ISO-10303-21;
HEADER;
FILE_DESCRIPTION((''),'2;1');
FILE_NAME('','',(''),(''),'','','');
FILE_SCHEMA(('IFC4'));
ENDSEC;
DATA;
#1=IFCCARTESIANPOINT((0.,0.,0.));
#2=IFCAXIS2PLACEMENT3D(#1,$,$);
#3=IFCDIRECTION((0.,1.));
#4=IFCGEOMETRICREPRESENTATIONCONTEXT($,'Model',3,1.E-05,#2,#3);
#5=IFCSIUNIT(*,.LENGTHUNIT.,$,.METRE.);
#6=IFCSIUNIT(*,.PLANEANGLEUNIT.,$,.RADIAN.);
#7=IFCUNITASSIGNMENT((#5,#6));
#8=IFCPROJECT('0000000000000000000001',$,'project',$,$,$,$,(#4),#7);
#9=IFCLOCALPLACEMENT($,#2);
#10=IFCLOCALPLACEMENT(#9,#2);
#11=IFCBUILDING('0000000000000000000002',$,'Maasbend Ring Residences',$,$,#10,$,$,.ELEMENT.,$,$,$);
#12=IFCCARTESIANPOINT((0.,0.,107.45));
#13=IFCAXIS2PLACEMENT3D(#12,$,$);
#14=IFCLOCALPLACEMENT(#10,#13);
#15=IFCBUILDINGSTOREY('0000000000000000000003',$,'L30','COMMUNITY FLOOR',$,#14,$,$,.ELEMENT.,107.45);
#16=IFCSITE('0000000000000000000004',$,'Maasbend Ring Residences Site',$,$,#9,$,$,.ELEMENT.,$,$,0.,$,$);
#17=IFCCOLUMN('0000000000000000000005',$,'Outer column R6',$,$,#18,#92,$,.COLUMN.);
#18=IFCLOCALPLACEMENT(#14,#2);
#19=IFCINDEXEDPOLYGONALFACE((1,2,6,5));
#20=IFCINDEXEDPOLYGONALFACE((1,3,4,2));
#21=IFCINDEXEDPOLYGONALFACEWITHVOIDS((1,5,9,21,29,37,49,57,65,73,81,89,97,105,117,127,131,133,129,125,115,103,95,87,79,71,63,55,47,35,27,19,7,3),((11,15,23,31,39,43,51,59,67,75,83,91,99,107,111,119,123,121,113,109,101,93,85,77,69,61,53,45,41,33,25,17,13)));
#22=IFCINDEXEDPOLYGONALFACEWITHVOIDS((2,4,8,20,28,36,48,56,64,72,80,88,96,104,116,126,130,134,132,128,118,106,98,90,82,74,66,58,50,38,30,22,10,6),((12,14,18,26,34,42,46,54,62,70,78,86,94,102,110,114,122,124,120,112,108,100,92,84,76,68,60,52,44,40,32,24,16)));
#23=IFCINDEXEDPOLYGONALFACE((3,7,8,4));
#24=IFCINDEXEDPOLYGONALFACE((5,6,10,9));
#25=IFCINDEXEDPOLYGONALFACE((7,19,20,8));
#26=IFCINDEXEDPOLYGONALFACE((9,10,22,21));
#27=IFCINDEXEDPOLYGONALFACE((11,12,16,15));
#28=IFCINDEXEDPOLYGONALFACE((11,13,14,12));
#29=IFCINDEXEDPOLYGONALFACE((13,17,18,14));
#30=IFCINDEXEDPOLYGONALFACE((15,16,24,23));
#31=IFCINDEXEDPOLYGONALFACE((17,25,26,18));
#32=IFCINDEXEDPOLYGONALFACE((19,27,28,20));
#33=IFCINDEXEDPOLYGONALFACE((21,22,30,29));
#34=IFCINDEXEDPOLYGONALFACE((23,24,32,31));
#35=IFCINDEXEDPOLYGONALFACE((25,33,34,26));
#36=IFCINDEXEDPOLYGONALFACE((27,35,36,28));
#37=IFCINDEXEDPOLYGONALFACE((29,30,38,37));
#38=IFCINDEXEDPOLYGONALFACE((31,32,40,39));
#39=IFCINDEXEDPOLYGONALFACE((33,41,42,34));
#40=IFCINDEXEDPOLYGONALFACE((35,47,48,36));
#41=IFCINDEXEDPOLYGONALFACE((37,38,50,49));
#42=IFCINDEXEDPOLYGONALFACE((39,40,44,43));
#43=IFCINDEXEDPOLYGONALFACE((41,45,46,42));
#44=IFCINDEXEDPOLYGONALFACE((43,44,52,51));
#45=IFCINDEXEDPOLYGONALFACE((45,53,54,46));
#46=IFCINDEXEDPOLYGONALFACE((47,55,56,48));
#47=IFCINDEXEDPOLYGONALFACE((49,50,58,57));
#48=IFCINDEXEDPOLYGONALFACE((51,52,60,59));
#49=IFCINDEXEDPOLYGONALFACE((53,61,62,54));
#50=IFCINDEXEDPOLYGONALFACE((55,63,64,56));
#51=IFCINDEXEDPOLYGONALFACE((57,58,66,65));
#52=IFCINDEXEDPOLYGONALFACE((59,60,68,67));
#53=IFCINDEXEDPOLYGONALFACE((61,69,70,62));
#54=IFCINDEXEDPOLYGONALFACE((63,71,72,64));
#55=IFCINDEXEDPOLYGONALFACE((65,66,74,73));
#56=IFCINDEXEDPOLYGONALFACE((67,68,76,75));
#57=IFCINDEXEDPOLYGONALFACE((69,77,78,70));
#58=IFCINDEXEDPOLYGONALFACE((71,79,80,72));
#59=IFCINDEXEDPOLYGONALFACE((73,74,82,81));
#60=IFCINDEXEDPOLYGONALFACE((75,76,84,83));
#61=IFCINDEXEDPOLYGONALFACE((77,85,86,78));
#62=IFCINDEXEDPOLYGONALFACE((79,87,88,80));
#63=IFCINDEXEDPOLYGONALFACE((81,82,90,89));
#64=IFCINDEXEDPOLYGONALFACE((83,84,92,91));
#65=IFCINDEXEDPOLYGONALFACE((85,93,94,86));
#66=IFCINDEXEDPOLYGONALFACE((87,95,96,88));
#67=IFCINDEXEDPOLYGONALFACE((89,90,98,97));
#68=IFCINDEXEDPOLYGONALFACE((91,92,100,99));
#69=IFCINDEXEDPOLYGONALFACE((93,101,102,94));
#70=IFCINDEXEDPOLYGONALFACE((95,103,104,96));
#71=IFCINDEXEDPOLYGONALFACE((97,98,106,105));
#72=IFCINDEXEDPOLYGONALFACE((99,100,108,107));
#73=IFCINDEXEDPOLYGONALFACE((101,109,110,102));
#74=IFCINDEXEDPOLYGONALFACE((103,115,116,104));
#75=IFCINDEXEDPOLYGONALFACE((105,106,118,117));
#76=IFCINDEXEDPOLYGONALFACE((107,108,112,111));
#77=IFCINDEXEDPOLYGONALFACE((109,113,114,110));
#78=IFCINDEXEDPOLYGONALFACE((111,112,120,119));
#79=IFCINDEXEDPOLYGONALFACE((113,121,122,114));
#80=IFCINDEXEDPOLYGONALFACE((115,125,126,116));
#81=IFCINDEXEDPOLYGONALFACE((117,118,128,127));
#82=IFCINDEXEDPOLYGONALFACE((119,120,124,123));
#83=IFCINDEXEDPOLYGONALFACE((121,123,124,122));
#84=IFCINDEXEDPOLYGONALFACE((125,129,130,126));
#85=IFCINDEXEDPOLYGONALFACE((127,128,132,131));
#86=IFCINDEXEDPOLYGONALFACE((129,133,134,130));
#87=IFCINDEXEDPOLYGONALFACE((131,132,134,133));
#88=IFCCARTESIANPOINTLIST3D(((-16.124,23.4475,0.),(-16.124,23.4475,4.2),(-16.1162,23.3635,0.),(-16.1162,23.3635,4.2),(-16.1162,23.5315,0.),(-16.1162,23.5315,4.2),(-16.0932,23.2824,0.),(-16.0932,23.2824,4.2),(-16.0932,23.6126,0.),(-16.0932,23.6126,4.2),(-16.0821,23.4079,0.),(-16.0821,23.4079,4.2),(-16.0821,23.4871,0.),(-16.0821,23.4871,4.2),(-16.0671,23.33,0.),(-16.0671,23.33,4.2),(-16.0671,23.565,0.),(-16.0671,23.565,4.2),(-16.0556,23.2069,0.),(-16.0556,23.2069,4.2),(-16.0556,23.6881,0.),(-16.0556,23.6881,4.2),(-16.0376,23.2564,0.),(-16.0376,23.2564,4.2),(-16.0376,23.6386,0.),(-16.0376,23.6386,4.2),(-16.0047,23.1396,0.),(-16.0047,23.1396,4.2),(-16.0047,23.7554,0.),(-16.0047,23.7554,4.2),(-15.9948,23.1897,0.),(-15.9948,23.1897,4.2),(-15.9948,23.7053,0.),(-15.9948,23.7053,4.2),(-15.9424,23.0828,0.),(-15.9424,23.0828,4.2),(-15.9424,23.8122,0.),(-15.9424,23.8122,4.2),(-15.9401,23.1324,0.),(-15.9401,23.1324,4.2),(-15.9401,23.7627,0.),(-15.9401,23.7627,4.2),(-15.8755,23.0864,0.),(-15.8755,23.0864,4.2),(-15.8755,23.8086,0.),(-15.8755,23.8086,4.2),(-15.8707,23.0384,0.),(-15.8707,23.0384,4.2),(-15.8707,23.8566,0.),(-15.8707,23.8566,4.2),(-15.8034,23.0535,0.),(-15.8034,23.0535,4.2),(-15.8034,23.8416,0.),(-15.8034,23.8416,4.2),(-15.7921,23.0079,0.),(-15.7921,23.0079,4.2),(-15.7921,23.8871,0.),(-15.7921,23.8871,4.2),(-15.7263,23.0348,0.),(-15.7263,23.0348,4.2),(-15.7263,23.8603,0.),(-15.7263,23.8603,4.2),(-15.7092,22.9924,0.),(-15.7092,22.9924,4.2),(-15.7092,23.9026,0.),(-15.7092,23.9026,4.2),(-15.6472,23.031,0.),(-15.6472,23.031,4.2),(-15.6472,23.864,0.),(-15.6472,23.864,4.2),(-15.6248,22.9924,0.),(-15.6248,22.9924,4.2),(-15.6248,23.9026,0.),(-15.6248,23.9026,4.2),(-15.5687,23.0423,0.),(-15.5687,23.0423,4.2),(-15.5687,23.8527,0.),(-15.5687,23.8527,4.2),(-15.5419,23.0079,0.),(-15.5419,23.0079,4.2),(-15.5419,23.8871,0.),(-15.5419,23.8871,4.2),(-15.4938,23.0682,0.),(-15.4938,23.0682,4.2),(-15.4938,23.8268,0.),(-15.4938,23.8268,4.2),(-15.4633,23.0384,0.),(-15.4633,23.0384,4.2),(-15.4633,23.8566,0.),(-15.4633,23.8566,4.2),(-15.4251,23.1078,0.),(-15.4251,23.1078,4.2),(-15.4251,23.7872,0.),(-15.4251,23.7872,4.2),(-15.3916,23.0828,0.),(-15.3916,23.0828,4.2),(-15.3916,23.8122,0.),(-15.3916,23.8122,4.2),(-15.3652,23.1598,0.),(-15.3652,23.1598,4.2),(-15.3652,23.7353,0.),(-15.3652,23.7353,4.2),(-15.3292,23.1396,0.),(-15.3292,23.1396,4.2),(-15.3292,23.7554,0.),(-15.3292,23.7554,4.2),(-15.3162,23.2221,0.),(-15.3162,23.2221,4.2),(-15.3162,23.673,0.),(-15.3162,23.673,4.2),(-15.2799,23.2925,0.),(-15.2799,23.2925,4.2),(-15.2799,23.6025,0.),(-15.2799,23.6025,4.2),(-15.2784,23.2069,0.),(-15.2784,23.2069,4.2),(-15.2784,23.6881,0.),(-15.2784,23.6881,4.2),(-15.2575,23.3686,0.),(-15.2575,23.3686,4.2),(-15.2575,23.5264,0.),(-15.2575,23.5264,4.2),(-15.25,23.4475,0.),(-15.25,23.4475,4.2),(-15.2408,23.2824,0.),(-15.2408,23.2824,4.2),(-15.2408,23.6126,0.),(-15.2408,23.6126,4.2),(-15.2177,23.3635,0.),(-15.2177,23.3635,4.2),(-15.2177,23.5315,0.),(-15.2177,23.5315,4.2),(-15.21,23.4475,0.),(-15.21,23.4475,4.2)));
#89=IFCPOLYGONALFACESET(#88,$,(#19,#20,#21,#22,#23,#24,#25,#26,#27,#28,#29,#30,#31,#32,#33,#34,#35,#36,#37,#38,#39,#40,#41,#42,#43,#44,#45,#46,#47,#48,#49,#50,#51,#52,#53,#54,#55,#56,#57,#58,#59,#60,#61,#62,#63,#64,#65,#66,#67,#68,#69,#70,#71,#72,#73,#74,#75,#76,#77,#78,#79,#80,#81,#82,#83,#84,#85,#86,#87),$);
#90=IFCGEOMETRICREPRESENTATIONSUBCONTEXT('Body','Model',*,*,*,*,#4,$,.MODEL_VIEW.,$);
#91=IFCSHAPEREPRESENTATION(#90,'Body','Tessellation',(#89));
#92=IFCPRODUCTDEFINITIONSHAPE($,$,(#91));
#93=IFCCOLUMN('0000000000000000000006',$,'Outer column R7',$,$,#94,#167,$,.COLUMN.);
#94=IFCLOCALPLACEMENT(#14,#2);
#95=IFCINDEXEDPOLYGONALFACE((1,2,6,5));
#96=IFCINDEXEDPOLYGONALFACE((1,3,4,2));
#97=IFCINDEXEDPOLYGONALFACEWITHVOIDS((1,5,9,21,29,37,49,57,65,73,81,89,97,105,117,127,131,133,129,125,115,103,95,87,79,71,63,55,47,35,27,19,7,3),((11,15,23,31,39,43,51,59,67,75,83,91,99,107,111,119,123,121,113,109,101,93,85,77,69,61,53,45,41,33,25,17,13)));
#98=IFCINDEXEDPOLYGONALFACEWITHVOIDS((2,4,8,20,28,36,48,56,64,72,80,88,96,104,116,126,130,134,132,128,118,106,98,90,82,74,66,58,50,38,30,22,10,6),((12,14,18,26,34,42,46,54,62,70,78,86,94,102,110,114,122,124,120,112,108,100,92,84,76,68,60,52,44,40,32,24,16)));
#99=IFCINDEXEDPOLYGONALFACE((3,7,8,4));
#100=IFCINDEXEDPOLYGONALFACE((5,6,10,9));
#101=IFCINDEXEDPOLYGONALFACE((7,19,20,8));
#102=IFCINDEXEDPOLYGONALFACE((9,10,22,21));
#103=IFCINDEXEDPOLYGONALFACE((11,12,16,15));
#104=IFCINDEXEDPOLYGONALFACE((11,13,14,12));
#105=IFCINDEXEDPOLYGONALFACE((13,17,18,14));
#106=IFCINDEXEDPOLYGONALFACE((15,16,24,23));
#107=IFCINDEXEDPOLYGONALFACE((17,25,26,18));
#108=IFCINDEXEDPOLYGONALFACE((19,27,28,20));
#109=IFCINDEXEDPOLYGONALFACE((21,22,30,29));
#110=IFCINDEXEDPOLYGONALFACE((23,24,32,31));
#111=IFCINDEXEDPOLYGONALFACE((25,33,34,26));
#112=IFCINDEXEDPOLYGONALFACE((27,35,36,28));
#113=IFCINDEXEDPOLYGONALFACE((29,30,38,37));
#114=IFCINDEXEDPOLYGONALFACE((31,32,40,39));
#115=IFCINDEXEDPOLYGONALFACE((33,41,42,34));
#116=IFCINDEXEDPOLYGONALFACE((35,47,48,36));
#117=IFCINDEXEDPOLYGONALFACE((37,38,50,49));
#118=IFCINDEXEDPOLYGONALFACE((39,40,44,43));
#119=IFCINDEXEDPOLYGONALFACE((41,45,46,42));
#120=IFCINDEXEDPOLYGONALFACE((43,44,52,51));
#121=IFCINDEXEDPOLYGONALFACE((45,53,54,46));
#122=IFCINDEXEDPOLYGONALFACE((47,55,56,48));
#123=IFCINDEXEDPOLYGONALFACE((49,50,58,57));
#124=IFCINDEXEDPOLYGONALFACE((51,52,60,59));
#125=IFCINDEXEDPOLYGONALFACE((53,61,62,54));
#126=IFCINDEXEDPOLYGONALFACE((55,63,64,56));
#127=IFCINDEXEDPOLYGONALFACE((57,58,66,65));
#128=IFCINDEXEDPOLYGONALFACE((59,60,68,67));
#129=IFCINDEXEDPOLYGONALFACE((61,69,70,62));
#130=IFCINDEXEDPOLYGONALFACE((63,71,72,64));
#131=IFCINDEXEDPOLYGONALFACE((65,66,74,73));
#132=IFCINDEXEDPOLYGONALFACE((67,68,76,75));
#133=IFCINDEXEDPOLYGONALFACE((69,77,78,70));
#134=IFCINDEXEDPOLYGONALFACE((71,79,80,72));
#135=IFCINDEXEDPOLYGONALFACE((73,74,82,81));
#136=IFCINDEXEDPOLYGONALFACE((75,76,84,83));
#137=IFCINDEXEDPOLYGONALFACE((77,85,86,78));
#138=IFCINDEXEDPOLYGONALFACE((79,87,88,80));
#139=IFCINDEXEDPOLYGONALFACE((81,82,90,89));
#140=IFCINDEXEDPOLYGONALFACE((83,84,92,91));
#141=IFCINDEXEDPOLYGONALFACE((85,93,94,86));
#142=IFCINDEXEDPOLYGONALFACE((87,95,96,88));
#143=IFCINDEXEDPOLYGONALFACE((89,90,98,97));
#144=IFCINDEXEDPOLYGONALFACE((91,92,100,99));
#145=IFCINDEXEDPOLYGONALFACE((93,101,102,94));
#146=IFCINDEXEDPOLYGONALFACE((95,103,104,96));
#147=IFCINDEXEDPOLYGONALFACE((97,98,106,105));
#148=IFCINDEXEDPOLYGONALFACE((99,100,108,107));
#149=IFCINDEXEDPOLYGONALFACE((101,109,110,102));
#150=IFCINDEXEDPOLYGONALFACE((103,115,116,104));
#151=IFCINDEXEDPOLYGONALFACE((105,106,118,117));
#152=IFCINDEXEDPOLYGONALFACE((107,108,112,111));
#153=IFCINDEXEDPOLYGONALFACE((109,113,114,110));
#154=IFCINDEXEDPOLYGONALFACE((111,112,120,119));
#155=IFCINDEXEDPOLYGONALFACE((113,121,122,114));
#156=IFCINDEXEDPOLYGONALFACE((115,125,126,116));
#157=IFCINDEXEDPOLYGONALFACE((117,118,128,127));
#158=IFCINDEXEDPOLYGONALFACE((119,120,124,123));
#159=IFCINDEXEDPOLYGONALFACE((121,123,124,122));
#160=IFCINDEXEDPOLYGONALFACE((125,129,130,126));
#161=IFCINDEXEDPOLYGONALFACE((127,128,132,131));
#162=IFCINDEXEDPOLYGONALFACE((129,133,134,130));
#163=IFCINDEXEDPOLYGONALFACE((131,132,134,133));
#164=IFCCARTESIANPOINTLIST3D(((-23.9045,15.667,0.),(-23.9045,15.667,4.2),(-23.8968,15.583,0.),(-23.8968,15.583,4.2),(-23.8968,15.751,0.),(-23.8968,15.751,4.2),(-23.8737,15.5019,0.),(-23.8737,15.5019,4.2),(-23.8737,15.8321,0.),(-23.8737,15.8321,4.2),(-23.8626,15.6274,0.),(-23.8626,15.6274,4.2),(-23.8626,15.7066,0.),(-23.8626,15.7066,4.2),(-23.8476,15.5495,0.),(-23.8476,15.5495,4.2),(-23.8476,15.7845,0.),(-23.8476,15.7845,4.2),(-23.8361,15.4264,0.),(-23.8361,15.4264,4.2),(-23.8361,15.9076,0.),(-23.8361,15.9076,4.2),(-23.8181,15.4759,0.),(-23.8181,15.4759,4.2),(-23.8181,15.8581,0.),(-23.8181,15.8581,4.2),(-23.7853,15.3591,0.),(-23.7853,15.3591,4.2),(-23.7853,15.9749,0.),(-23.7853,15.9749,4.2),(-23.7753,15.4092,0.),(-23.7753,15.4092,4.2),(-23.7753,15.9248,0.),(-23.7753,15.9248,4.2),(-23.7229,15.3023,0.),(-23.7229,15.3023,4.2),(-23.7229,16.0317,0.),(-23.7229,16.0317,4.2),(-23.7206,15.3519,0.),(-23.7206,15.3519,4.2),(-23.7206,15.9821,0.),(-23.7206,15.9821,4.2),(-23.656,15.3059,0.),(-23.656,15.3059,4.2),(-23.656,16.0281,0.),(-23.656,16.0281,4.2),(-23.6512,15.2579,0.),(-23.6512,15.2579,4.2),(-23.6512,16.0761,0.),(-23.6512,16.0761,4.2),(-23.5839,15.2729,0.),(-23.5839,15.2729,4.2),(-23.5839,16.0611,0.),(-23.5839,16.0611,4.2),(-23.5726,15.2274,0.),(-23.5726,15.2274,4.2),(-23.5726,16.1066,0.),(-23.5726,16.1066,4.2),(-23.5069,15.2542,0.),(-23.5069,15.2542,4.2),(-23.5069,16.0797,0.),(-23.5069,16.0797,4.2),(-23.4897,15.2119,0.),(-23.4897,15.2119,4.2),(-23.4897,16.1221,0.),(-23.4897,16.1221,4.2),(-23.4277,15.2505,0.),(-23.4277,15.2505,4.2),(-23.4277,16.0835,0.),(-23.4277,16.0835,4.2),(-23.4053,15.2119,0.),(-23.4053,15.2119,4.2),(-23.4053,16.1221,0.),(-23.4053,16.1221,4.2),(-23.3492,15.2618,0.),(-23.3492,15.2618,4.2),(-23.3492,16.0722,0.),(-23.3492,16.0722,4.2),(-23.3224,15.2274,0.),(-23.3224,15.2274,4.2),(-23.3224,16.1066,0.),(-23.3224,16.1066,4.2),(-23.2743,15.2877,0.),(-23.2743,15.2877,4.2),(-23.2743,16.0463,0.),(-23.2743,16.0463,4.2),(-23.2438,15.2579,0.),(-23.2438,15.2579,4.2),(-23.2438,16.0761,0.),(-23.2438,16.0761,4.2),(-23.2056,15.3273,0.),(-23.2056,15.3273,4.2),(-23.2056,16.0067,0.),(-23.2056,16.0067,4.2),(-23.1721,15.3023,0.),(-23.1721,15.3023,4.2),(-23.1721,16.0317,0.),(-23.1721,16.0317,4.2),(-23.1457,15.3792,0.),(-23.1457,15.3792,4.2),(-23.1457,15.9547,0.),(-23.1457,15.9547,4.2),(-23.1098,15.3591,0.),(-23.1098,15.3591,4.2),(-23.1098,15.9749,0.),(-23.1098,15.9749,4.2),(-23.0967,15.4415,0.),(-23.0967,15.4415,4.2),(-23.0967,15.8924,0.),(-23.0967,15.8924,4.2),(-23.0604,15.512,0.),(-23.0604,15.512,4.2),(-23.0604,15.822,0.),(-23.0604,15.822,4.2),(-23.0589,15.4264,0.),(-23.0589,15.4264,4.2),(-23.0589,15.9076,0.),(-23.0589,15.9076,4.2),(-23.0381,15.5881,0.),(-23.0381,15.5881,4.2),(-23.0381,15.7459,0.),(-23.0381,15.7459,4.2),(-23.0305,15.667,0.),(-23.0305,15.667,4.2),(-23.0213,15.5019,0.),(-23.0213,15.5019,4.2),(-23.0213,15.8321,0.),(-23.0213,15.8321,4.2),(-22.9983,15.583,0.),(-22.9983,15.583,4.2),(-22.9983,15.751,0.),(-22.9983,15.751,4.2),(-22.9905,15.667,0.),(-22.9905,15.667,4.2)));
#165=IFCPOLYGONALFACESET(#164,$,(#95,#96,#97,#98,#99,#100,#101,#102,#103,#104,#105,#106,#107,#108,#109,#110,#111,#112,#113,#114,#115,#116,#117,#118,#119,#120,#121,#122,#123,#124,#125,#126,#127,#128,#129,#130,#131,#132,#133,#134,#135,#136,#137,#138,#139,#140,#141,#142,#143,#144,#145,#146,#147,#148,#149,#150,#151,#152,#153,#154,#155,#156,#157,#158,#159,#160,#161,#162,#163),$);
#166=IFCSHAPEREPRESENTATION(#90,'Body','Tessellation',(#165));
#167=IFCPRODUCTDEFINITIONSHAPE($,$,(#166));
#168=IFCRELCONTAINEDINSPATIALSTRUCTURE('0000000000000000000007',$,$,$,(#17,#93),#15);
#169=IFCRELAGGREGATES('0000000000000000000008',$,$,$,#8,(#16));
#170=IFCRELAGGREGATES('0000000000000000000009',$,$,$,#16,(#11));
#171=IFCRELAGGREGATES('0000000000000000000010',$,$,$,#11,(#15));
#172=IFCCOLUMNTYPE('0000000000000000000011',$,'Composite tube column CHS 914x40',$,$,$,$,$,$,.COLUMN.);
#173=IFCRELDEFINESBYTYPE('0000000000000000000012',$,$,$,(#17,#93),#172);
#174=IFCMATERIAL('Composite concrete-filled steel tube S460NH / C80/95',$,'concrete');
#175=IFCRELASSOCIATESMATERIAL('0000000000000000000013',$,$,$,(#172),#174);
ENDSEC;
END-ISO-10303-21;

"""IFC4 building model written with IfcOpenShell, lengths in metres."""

from ifc_helpers import new_model, si_unit, direction, frame, origin, origin_2d, place, context, subcontext, project, spatial, hollow_circle, extrude, material, material_profile, profile_set, type_object, element, save


model = new_model("IFC4")

# Units and contexts
model_context = context("Model", 3, precision=1e-05, world=origin(), true_north=direction((0.0, 1.0)))
body_context = subcontext(model_context, "Body", "Model", "MODEL_VIEW")
ifc_project = project(units=[si_unit("LENGTHUNIT", "METRE"), si_unit("PLANEANGLEUNIT", "RADIAN")], contexts=[model_context])

# Site, building, storey
site_placement = place(None, origin())
site = spatial("IfcSite", under=ifc_project, at=site_placement, Name="Maasbend Ring Residences Site", CompositionType="ELEMENT", RefElevation=0.0)
building_placement = place(site_placement, origin())
building = spatial("IfcBuilding", under=site, at=building_placement, Name="Maasbend Ring Residences", CompositionType="ELEMENT")
storey_placement = place(building_placement, frame((0.0, 0.0, 107.45)))
storey = spatial("IfcBuildingStorey", under=building, at=storey_placement, Name="L30", Description="COMMUNITY FLOOR", CompositionType="ELEMENT", Elevation=107.45)

# Columns
ifc_material_1 = material(Name="Composite concrete-filled steel tube S460NH / C80/95", Category="concrete")
ifc_material_profile_1 = material_profile(ifc_material_1, hollow_circle(Radius=0.457, WallThickness=0.04, at=origin_2d()), Name="Composite tube column CHS 914x40")
ifc_profile_set_1 = profile_set([ifc_material_profile_1], Name="Composite concrete-filled steel tube S460NH / C80/95")
column_type_1 = type_object("IfcColumnType", Name="Composite tube column CHS 914x40", PredefinedType="COLUMN", material=ifc_profile_set_1)
for number, where, z_axis, x_axis, name in (
    (1, (-15.667, 23.4475, 0.0), (0.0, 0.0, 1.0), (1.0, 0.0, 0.0), "Outer column R6"),
    (2, (-23.4475, 15.667, 0.0), (0.0, 0.0, 1.0), (1.0, 0.0, 0.0), "Outer column R7"),
):
    element("IfcColumn", number, at=place(storey_placement, frame(where, z_axis=z_axis, x_axis=x_axis)), inside=storey, type_object=column_type_1, Name=name, PredefinedType="COLUMN", context=body_context, shape_type="SweptSolid", body=[
        extrude(hollow_circle(Radius=0.457, WallThickness=0.04, at=origin_2d()), origin(), (0.0, 0.0, 1.0), 4.2),
    ])

save(model, "model.ifc")
